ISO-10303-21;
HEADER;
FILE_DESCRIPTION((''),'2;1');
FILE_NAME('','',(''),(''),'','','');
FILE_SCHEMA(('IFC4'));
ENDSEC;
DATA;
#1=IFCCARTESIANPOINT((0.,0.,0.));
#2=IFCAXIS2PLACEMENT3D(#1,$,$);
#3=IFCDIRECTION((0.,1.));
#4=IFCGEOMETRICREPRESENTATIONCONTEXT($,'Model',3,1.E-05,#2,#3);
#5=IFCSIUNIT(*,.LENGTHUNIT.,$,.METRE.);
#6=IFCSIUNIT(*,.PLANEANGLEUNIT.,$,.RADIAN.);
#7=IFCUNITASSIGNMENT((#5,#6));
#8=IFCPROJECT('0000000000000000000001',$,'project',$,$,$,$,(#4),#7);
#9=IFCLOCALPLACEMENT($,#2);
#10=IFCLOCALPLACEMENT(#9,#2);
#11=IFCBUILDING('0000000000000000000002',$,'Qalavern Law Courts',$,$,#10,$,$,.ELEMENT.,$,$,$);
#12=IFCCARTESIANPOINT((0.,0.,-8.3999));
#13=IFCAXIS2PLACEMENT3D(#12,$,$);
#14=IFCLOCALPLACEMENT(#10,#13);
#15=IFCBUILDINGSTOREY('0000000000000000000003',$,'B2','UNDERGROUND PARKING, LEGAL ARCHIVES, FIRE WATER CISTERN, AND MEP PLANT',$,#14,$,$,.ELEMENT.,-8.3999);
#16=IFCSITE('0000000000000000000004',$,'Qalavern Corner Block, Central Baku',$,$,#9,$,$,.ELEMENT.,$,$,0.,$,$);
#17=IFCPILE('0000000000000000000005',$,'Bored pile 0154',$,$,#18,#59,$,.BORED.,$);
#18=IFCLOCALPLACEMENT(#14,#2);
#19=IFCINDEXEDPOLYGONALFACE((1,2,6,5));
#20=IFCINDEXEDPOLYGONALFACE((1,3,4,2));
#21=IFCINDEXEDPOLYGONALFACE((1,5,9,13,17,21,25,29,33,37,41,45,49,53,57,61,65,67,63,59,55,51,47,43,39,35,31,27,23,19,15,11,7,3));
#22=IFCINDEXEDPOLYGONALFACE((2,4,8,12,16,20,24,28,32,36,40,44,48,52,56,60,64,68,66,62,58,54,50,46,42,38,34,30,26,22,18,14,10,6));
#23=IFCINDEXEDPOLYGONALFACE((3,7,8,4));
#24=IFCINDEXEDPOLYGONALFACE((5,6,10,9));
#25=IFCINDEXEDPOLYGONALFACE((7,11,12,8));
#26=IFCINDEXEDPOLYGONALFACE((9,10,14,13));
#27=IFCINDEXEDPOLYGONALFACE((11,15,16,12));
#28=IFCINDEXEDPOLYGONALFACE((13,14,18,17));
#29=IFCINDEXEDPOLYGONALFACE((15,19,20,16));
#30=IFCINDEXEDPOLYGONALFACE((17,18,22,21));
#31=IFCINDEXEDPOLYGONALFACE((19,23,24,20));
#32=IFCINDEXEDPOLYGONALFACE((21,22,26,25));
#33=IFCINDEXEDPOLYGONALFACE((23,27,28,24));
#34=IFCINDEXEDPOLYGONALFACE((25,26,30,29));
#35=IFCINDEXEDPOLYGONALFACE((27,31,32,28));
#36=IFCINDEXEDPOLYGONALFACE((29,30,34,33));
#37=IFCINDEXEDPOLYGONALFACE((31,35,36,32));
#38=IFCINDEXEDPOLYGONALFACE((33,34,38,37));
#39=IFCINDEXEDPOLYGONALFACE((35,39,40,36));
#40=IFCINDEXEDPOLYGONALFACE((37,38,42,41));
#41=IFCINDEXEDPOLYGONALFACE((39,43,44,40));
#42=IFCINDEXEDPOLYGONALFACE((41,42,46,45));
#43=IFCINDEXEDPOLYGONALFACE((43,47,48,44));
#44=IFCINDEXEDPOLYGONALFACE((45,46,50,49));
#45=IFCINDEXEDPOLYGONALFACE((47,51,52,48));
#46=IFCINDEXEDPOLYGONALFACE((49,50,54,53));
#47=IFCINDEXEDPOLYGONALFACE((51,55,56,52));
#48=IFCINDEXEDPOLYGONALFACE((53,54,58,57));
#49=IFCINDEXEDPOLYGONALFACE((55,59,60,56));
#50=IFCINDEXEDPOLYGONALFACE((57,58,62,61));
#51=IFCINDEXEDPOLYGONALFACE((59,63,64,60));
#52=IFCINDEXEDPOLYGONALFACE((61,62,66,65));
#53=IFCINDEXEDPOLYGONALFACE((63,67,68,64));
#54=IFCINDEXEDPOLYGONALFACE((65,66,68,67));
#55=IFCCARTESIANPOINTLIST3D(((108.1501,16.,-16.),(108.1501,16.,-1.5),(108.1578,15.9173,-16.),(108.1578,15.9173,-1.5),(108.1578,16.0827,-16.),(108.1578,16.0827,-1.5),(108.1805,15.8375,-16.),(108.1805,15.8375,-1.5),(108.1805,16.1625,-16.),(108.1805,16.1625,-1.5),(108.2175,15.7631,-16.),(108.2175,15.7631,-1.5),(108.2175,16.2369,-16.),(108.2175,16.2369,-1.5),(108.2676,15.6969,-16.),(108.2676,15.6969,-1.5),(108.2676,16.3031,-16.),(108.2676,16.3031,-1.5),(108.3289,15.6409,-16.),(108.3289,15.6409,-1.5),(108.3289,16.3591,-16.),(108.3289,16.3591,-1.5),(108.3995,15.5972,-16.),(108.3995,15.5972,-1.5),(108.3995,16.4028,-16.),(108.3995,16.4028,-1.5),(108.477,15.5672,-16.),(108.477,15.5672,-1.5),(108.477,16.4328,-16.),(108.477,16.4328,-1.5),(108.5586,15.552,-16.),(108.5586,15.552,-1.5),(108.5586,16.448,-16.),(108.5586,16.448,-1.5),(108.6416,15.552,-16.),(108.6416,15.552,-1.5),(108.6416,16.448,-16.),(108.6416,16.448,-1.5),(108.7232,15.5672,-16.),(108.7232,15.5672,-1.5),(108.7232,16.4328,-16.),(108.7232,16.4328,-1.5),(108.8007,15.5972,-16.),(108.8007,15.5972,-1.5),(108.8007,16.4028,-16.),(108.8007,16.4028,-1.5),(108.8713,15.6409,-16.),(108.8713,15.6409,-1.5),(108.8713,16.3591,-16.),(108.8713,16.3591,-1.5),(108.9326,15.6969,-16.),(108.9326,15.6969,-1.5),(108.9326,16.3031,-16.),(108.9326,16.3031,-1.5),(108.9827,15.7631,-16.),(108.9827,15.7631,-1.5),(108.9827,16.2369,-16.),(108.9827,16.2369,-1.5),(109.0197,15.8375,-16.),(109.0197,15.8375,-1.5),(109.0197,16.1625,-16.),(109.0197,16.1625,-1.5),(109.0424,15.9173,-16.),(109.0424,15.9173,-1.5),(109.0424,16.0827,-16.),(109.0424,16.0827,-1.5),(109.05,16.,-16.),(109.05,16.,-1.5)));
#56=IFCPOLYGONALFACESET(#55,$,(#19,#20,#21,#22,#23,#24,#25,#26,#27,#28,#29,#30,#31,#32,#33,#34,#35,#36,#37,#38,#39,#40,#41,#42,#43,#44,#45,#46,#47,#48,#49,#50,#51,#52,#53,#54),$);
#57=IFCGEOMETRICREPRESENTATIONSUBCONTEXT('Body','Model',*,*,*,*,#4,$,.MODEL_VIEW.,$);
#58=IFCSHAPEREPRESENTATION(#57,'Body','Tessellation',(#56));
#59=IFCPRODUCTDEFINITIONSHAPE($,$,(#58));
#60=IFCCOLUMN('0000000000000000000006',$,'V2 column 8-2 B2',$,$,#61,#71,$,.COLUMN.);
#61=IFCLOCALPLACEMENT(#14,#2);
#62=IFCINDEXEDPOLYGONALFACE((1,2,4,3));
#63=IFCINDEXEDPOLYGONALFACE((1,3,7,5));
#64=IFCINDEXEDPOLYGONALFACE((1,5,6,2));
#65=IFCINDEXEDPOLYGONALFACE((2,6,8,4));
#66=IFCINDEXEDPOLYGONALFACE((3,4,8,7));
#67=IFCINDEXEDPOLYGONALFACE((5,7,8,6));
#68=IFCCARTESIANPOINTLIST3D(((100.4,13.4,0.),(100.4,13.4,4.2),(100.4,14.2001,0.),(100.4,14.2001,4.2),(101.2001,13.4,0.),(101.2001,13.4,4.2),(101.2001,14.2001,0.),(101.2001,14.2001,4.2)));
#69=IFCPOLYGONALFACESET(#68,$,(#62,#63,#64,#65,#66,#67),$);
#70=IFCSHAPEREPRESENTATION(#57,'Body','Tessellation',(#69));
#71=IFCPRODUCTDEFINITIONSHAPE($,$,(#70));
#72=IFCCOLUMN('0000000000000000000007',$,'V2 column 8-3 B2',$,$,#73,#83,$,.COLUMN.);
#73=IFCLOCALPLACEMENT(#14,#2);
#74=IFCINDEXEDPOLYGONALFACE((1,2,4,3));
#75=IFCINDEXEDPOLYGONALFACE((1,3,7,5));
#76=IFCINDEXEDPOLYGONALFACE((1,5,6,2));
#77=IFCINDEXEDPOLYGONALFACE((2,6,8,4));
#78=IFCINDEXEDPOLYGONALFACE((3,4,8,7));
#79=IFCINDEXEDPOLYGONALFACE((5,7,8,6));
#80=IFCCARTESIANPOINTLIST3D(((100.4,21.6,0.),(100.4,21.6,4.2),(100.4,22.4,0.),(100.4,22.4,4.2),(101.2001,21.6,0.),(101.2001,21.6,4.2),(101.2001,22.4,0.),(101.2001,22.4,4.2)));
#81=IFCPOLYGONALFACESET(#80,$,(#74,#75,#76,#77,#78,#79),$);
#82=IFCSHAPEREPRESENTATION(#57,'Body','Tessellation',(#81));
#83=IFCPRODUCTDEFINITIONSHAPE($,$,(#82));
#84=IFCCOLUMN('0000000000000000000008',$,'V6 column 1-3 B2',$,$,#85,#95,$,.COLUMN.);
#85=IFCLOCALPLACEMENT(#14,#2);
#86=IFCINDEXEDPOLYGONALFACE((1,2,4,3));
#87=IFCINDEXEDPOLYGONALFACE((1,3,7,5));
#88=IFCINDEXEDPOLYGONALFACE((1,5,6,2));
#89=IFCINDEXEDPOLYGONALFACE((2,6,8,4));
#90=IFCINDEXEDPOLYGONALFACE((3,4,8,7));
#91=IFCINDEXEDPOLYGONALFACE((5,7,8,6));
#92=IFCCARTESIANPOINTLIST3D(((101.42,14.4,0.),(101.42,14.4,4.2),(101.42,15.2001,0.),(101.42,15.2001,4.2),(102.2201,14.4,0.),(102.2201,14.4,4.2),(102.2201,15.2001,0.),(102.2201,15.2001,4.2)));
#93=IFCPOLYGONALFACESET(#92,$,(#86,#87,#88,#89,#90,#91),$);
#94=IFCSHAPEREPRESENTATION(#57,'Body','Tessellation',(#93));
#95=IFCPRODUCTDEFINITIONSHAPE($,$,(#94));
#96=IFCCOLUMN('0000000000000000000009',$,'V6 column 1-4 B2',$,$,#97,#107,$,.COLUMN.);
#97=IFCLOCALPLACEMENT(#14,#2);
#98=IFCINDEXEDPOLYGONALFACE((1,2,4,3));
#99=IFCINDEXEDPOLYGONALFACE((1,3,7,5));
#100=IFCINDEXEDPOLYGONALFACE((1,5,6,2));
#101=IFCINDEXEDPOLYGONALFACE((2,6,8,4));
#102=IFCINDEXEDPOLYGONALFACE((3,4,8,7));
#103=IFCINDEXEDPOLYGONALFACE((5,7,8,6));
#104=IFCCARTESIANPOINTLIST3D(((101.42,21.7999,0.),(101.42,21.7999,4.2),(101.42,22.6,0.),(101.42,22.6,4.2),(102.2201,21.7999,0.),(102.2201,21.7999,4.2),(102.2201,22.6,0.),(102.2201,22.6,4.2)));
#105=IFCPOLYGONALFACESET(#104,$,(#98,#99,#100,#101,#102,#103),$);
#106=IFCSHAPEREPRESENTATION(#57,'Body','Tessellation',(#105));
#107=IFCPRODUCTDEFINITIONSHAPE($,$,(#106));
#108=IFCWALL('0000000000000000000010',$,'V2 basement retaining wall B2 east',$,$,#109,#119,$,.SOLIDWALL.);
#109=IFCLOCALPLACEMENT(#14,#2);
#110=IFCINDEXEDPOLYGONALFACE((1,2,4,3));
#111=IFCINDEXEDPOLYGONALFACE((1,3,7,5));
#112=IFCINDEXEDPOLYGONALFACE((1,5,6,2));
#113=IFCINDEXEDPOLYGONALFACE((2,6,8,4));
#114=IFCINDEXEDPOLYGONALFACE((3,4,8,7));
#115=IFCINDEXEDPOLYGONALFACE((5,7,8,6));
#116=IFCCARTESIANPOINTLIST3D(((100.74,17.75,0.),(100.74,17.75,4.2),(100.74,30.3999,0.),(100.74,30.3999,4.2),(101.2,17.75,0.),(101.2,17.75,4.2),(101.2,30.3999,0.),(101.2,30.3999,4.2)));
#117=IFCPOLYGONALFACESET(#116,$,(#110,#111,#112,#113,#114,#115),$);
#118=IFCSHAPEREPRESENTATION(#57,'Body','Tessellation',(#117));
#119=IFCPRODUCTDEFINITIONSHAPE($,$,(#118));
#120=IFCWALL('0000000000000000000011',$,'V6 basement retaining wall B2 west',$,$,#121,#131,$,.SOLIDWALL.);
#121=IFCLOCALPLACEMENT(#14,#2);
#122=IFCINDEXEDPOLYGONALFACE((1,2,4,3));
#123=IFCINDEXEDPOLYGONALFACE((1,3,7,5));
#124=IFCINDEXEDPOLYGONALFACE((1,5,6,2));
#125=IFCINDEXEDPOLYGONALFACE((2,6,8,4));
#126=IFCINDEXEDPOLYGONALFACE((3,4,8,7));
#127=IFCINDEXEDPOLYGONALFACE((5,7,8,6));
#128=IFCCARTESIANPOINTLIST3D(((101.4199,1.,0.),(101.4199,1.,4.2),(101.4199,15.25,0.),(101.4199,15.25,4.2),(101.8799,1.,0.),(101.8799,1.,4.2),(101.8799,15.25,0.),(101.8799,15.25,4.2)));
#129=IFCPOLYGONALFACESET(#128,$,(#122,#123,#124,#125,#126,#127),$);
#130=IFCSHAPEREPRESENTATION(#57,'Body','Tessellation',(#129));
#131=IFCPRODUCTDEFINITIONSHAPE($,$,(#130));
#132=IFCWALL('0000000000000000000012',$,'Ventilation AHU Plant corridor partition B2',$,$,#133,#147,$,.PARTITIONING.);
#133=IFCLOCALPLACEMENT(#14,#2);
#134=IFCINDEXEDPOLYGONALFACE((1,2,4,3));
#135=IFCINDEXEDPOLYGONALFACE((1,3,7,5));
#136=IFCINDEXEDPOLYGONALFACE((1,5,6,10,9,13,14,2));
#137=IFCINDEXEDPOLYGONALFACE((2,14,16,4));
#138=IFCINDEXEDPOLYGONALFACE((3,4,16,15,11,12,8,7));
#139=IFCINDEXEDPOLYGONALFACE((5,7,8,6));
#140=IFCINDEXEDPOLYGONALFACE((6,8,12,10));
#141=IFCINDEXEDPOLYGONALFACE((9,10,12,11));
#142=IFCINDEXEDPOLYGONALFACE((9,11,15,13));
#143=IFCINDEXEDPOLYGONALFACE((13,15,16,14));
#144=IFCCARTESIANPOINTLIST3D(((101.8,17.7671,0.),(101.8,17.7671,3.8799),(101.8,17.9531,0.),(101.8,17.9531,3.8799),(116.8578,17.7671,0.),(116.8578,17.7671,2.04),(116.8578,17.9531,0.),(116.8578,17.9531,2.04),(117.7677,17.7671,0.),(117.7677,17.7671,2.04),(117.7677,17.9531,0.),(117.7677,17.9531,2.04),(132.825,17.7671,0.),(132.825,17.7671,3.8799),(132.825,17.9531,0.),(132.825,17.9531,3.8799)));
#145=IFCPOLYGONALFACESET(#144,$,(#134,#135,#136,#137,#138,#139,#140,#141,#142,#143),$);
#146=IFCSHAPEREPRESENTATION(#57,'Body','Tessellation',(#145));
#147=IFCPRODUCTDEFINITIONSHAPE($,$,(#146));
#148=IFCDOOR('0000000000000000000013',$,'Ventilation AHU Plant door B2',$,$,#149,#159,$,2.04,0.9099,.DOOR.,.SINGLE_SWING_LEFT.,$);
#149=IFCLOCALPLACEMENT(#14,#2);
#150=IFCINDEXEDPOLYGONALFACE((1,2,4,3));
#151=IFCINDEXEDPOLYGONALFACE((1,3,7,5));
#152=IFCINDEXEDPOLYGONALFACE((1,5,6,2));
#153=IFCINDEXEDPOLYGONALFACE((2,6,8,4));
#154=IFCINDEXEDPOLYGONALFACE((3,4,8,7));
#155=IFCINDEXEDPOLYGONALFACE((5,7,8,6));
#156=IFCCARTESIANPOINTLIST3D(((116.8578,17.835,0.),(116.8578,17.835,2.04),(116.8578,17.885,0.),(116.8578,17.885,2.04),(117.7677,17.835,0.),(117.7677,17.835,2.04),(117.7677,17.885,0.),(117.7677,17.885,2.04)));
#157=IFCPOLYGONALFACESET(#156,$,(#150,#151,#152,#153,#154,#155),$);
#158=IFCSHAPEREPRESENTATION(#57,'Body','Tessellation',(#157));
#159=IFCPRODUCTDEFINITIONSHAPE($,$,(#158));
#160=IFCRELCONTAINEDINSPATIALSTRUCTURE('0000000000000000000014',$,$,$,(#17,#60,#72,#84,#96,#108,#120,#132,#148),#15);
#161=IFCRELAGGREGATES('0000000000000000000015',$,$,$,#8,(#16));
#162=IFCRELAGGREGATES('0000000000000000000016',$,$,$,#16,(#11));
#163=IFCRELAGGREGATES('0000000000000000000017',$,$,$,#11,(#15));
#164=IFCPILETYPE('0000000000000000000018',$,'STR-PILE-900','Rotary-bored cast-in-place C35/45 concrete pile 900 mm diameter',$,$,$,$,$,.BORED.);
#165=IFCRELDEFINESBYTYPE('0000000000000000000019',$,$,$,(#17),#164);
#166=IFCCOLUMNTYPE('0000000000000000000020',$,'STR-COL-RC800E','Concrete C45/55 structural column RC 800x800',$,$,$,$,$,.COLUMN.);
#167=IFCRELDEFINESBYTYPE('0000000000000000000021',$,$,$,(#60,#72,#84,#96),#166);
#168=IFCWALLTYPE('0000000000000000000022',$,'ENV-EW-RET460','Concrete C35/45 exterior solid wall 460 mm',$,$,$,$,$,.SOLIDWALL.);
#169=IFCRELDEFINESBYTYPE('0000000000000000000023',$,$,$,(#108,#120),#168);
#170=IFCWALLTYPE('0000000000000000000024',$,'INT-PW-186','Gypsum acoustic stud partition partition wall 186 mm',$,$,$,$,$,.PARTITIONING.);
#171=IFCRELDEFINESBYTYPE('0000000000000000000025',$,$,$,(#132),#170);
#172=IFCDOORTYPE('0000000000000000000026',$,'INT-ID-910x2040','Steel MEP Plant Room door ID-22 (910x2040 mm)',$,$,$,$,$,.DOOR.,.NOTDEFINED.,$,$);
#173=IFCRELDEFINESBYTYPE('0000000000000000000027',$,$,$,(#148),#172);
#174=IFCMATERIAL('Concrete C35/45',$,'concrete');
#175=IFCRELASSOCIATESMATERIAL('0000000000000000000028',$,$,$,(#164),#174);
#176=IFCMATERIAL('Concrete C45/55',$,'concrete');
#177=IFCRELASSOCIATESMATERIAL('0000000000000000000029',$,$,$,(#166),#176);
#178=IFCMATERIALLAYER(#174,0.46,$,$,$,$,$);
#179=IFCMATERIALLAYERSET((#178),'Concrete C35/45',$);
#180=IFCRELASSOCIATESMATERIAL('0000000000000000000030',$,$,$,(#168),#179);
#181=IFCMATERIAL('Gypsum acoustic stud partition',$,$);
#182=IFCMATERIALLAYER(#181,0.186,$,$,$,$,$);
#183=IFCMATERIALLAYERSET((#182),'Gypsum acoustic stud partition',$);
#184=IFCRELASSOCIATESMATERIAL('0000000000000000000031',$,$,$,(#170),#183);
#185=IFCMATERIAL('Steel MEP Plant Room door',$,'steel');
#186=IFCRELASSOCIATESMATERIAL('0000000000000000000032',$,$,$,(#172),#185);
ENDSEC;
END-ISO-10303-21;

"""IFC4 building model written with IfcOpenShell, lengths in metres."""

from ifc_helpers import new_model, si_unit, direction, frame, frame_2d, origin, origin_2d, place, context, subcontext, project, spatial, rectangle, circle, extrude, material, layer, layer_set, material_profile, profile_set, type_object, element, fill, save


model = new_model("IFC4")

# Units and contexts
model_context = context("Model", 3, precision=1e-05, world=origin(), true_north=direction((0.0, 1.0)))
body_context = subcontext(model_context, "Body", "Model", "MODEL_VIEW")
ifc_project = project(units=[si_unit("LENGTHUNIT", "METRE"), si_unit("PLANEANGLEUNIT", "RADIAN")], contexts=[model_context])

# Site, building, storey
site_placement = place(None, origin())
site = spatial("IfcSite", under=ifc_project, at=site_placement, Name="Qalavern Corner Block, Central Baku", CompositionType="ELEMENT", RefElevation=0.0)
building_placement = place(site_placement, origin())
building = spatial("IfcBuilding", under=site, at=building_placement, Name="Qalavern Law Courts", CompositionType="ELEMENT")
storey_placement = place(building_placement, frame((0.0, 0.0, -8.3999)))
storey = spatial("IfcBuildingStorey", under=building, at=storey_placement, Name="B2", Description="UNDERGROUND PARKING, LEGAL ARCHIVES, FIRE WATER CISTERN, AND MEP PLANT", CompositionType="ELEMENT", Elevation=-8.3999)

# Shared definitions
ifc_material_1 = material(Name="Concrete C35/45", Category="concrete")

# Pile
ifc_material_profile_1 = material_profile(ifc_material_1, circle(Radius=0.45, at=origin_2d()), Name="BORED PILE 900")
ifc_profile_set_1 = profile_set([ifc_material_profile_1], Name="Concrete C35/45")
pile_type_1 = type_object("IfcPileType", Name="STR-PILE-900", Description="Rotary-bored cast-in-place C35/45 concrete pile 900 mm diameter", PredefinedType="BORED", material=ifc_profile_set_1)
for number, where, z_axis, x_axis, name in (
    (1, (108.6001, 16.0, -1.5), (0.0, 0.0, -1.0), (1.0, 0.0, 0.0), "Bored pile 0154"),
):
    element("IfcPile", number, at=place(storey_placement, frame(where, z_axis=z_axis, x_axis=x_axis)), inside=storey, type_object=pile_type_1, Name=name, PredefinedType="BORED", context=body_context, shape_type="SweptSolid", body=[
        extrude(circle(Radius=0.45, at=origin_2d()), origin(), (0.0, 0.0, 1.0), 14.5),
    ])

# Columns
ifc_material_2 = material(Name="Concrete C45/55", Category="concrete")
ifc_material_profile_2 = material_profile(ifc_material_2, rectangle(XDim=0.8, YDim=0.8, at=origin_2d()), Name="RC 800x800")
ifc_profile_set_2 = profile_set([ifc_material_profile_2], Name="Concrete C45/55")
column_type = type_object("IfcColumnType", Name="STR-COL-RC800E", Description="Concrete C45/55 structural column RC 800x800", PredefinedType="COLUMN", material=ifc_profile_set_2)
for number, where, z_axis, x_axis, name in (
    (2, (100.8, 13.8, 0.0), (0.0, 0.0, 1.0), (1.0, 0.0, 0.0), "V2 column 8-2 B2"),
    (3, (100.8, 22.0, 0.0), (0.0, 0.0, 1.0), (1.0, 0.0, 0.0), "V2 column 8-3 B2"),
    (4, (101.8201, 14.8, 0.0), (0.0, 0.0, 1.0), (1.0, 0.0, 0.0), "V6 column 1-3 B2"),
    (5, (101.8201, 22.2, 0.0), (0.0, 0.0, 1.0), (1.0, 0.0, 0.0), "V6 column 1-4 B2"),
):
    element("IfcColumn", number, at=place(storey_placement, frame(where, z_axis=z_axis, x_axis=x_axis)), inside=storey, type_object=column_type, Name=name, PredefinedType="COLUMN", context=body_context, shape_type="SweptSolid", body=[
        extrude(rectangle(XDim=0.8, YDim=0.8, at=origin_2d()), origin(), (0.0, 0.0, 1.0), 4.2),
    ])

# Walls
ifc_layer_1 = layer(ifc_material_1, 0.46)
ifc_layer_set_1 = layer_set([ifc_layer_1], Name="Concrete C35/45")
wall_type_1 = type_object("IfcWallType", Name="ENV-EW-RET460", Description="Concrete C35/45 exterior solid wall 460 mm", PredefinedType="SOLIDWALL", material=ifc_layer_set_1)
wall_1_placement = place(storey_placement, frame((100.97, 17.75, 0.0), z_axis=(0.0, 0.0, 1.0), x_axis=(0.0, 1.0, 0.0)))
element("IfcWall", 6, at=wall_1_placement, inside=storey, type_object=wall_type_1, Name="V2 basement retaining wall B2 east", PredefinedType="SOLIDWALL", context=body_context, shape_type="SweptSolid", body=[
    extrude(rectangle(XDim=12.6499, YDim=0.46, at=frame_2d((6.325, 0.0))), origin(), (0.0, 0.0, 1.0), 4.2),
])
wall_2_placement = place(storey_placement, frame((101.6499, 15.25, 0.0), z_axis=(0.0, 0.0, 1.0), x_axis=(0.0, -1.0, 0.0)))
element("IfcWall", 7, at=wall_2_placement, inside=storey, type_object=wall_type_1, Name="V6 basement retaining wall B2 west", PredefinedType="SOLIDWALL", context=body_context, shape_type="SweptSolid", body=[
    extrude(rectangle(XDim=14.25, YDim=0.46, at=frame_2d((7.125, 0.0))), origin(), (0.0, 0.0, 1.0), 4.2),
])

# Wall, opening, door
ifc_material_3 = material(Name="Gypsum acoustic stud partition")
ifc_layer_2 = layer(ifc_material_3, 0.186)
ifc_layer_set_2 = layer_set([ifc_layer_2], Name="Gypsum acoustic stud partition")
wall_type_2 = type_object("IfcWallType", Name="INT-PW-186", Description="Gypsum acoustic stud partition partition wall 186 mm", PredefinedType="PARTITIONING", material=ifc_layer_set_2)
wall_3_placement = place(storey_placement, frame((101.8, 17.8601, 0.0), z_axis=(0.0, 0.0, 1.0), x_axis=(1.0, 0.0, 0.0)))
wall_3 = element("IfcWall", 8, at=wall_3_placement, inside=storey, type_object=wall_type_2, Name="Ventilation AHU Plant corridor partition B2", PredefinedType="PARTITIONING", context=body_context, shape_type="SweptSolid", body=[
    extrude(rectangle(XDim=31.0249, YDim=0.186, at=frame_2d((15.5125, 0.0))), origin(), (0.0, 0.0, 1.0), 3.8799),
])
opening_placement = place(wall_3_placement, frame((15.0576, 0.0, 0.0)))
opening = element("IfcOpeningElement", 9, at=opening_placement, cuts=wall_3, PredefinedType="OPENING", context=body_context, shape_type="SweptSolid", body=[
    extrude(rectangle(XDim=0.9099, YDim=2.04, at=frame_2d((0.4551, 1.02))), frame((0.0, 0.1079, 0.0), z_axis=(0.0, -1.0, 0.0), x_axis=(1.0, 0.0, 0.0)), (0.0, 0.0, 1.0), 0.2158),
])
ifc_material_4 = material(Name="Steel MEP Plant Room door", Category="steel")
door_type = type_object("IfcDoorType", Name="INT-ID-910x2040", Description="Steel MEP Plant Room door ID-22 (910x2040 mm)", OperationType="NOTDEFINED", PredefinedType="DOOR", material=ifc_material_4)
door_placement = place(opening_placement, origin())
door = element("IfcDoor", 10, at=door_placement, inside=storey, type_object=door_type, Name="Ventilation AHU Plant door B2", OperationType="SINGLE_SWING_LEFT", OverallHeight=2.04, OverallWidth=0.9099, PredefinedType="DOOR", context=body_context, shape_type="SweptSolid", body=[
    extrude(rectangle(XDim=0.9099, YDim=2.04, at=frame_2d((0.4551, 1.02))), frame((0.0, 0.0249, 0.0), z_axis=(0.0, -1.0, 0.0), x_axis=(1.0, 0.0, 0.0)), (0.0, 0.0, 1.0), 0.05),
])
fill(opening, door)

save(model, "model.ifc")
